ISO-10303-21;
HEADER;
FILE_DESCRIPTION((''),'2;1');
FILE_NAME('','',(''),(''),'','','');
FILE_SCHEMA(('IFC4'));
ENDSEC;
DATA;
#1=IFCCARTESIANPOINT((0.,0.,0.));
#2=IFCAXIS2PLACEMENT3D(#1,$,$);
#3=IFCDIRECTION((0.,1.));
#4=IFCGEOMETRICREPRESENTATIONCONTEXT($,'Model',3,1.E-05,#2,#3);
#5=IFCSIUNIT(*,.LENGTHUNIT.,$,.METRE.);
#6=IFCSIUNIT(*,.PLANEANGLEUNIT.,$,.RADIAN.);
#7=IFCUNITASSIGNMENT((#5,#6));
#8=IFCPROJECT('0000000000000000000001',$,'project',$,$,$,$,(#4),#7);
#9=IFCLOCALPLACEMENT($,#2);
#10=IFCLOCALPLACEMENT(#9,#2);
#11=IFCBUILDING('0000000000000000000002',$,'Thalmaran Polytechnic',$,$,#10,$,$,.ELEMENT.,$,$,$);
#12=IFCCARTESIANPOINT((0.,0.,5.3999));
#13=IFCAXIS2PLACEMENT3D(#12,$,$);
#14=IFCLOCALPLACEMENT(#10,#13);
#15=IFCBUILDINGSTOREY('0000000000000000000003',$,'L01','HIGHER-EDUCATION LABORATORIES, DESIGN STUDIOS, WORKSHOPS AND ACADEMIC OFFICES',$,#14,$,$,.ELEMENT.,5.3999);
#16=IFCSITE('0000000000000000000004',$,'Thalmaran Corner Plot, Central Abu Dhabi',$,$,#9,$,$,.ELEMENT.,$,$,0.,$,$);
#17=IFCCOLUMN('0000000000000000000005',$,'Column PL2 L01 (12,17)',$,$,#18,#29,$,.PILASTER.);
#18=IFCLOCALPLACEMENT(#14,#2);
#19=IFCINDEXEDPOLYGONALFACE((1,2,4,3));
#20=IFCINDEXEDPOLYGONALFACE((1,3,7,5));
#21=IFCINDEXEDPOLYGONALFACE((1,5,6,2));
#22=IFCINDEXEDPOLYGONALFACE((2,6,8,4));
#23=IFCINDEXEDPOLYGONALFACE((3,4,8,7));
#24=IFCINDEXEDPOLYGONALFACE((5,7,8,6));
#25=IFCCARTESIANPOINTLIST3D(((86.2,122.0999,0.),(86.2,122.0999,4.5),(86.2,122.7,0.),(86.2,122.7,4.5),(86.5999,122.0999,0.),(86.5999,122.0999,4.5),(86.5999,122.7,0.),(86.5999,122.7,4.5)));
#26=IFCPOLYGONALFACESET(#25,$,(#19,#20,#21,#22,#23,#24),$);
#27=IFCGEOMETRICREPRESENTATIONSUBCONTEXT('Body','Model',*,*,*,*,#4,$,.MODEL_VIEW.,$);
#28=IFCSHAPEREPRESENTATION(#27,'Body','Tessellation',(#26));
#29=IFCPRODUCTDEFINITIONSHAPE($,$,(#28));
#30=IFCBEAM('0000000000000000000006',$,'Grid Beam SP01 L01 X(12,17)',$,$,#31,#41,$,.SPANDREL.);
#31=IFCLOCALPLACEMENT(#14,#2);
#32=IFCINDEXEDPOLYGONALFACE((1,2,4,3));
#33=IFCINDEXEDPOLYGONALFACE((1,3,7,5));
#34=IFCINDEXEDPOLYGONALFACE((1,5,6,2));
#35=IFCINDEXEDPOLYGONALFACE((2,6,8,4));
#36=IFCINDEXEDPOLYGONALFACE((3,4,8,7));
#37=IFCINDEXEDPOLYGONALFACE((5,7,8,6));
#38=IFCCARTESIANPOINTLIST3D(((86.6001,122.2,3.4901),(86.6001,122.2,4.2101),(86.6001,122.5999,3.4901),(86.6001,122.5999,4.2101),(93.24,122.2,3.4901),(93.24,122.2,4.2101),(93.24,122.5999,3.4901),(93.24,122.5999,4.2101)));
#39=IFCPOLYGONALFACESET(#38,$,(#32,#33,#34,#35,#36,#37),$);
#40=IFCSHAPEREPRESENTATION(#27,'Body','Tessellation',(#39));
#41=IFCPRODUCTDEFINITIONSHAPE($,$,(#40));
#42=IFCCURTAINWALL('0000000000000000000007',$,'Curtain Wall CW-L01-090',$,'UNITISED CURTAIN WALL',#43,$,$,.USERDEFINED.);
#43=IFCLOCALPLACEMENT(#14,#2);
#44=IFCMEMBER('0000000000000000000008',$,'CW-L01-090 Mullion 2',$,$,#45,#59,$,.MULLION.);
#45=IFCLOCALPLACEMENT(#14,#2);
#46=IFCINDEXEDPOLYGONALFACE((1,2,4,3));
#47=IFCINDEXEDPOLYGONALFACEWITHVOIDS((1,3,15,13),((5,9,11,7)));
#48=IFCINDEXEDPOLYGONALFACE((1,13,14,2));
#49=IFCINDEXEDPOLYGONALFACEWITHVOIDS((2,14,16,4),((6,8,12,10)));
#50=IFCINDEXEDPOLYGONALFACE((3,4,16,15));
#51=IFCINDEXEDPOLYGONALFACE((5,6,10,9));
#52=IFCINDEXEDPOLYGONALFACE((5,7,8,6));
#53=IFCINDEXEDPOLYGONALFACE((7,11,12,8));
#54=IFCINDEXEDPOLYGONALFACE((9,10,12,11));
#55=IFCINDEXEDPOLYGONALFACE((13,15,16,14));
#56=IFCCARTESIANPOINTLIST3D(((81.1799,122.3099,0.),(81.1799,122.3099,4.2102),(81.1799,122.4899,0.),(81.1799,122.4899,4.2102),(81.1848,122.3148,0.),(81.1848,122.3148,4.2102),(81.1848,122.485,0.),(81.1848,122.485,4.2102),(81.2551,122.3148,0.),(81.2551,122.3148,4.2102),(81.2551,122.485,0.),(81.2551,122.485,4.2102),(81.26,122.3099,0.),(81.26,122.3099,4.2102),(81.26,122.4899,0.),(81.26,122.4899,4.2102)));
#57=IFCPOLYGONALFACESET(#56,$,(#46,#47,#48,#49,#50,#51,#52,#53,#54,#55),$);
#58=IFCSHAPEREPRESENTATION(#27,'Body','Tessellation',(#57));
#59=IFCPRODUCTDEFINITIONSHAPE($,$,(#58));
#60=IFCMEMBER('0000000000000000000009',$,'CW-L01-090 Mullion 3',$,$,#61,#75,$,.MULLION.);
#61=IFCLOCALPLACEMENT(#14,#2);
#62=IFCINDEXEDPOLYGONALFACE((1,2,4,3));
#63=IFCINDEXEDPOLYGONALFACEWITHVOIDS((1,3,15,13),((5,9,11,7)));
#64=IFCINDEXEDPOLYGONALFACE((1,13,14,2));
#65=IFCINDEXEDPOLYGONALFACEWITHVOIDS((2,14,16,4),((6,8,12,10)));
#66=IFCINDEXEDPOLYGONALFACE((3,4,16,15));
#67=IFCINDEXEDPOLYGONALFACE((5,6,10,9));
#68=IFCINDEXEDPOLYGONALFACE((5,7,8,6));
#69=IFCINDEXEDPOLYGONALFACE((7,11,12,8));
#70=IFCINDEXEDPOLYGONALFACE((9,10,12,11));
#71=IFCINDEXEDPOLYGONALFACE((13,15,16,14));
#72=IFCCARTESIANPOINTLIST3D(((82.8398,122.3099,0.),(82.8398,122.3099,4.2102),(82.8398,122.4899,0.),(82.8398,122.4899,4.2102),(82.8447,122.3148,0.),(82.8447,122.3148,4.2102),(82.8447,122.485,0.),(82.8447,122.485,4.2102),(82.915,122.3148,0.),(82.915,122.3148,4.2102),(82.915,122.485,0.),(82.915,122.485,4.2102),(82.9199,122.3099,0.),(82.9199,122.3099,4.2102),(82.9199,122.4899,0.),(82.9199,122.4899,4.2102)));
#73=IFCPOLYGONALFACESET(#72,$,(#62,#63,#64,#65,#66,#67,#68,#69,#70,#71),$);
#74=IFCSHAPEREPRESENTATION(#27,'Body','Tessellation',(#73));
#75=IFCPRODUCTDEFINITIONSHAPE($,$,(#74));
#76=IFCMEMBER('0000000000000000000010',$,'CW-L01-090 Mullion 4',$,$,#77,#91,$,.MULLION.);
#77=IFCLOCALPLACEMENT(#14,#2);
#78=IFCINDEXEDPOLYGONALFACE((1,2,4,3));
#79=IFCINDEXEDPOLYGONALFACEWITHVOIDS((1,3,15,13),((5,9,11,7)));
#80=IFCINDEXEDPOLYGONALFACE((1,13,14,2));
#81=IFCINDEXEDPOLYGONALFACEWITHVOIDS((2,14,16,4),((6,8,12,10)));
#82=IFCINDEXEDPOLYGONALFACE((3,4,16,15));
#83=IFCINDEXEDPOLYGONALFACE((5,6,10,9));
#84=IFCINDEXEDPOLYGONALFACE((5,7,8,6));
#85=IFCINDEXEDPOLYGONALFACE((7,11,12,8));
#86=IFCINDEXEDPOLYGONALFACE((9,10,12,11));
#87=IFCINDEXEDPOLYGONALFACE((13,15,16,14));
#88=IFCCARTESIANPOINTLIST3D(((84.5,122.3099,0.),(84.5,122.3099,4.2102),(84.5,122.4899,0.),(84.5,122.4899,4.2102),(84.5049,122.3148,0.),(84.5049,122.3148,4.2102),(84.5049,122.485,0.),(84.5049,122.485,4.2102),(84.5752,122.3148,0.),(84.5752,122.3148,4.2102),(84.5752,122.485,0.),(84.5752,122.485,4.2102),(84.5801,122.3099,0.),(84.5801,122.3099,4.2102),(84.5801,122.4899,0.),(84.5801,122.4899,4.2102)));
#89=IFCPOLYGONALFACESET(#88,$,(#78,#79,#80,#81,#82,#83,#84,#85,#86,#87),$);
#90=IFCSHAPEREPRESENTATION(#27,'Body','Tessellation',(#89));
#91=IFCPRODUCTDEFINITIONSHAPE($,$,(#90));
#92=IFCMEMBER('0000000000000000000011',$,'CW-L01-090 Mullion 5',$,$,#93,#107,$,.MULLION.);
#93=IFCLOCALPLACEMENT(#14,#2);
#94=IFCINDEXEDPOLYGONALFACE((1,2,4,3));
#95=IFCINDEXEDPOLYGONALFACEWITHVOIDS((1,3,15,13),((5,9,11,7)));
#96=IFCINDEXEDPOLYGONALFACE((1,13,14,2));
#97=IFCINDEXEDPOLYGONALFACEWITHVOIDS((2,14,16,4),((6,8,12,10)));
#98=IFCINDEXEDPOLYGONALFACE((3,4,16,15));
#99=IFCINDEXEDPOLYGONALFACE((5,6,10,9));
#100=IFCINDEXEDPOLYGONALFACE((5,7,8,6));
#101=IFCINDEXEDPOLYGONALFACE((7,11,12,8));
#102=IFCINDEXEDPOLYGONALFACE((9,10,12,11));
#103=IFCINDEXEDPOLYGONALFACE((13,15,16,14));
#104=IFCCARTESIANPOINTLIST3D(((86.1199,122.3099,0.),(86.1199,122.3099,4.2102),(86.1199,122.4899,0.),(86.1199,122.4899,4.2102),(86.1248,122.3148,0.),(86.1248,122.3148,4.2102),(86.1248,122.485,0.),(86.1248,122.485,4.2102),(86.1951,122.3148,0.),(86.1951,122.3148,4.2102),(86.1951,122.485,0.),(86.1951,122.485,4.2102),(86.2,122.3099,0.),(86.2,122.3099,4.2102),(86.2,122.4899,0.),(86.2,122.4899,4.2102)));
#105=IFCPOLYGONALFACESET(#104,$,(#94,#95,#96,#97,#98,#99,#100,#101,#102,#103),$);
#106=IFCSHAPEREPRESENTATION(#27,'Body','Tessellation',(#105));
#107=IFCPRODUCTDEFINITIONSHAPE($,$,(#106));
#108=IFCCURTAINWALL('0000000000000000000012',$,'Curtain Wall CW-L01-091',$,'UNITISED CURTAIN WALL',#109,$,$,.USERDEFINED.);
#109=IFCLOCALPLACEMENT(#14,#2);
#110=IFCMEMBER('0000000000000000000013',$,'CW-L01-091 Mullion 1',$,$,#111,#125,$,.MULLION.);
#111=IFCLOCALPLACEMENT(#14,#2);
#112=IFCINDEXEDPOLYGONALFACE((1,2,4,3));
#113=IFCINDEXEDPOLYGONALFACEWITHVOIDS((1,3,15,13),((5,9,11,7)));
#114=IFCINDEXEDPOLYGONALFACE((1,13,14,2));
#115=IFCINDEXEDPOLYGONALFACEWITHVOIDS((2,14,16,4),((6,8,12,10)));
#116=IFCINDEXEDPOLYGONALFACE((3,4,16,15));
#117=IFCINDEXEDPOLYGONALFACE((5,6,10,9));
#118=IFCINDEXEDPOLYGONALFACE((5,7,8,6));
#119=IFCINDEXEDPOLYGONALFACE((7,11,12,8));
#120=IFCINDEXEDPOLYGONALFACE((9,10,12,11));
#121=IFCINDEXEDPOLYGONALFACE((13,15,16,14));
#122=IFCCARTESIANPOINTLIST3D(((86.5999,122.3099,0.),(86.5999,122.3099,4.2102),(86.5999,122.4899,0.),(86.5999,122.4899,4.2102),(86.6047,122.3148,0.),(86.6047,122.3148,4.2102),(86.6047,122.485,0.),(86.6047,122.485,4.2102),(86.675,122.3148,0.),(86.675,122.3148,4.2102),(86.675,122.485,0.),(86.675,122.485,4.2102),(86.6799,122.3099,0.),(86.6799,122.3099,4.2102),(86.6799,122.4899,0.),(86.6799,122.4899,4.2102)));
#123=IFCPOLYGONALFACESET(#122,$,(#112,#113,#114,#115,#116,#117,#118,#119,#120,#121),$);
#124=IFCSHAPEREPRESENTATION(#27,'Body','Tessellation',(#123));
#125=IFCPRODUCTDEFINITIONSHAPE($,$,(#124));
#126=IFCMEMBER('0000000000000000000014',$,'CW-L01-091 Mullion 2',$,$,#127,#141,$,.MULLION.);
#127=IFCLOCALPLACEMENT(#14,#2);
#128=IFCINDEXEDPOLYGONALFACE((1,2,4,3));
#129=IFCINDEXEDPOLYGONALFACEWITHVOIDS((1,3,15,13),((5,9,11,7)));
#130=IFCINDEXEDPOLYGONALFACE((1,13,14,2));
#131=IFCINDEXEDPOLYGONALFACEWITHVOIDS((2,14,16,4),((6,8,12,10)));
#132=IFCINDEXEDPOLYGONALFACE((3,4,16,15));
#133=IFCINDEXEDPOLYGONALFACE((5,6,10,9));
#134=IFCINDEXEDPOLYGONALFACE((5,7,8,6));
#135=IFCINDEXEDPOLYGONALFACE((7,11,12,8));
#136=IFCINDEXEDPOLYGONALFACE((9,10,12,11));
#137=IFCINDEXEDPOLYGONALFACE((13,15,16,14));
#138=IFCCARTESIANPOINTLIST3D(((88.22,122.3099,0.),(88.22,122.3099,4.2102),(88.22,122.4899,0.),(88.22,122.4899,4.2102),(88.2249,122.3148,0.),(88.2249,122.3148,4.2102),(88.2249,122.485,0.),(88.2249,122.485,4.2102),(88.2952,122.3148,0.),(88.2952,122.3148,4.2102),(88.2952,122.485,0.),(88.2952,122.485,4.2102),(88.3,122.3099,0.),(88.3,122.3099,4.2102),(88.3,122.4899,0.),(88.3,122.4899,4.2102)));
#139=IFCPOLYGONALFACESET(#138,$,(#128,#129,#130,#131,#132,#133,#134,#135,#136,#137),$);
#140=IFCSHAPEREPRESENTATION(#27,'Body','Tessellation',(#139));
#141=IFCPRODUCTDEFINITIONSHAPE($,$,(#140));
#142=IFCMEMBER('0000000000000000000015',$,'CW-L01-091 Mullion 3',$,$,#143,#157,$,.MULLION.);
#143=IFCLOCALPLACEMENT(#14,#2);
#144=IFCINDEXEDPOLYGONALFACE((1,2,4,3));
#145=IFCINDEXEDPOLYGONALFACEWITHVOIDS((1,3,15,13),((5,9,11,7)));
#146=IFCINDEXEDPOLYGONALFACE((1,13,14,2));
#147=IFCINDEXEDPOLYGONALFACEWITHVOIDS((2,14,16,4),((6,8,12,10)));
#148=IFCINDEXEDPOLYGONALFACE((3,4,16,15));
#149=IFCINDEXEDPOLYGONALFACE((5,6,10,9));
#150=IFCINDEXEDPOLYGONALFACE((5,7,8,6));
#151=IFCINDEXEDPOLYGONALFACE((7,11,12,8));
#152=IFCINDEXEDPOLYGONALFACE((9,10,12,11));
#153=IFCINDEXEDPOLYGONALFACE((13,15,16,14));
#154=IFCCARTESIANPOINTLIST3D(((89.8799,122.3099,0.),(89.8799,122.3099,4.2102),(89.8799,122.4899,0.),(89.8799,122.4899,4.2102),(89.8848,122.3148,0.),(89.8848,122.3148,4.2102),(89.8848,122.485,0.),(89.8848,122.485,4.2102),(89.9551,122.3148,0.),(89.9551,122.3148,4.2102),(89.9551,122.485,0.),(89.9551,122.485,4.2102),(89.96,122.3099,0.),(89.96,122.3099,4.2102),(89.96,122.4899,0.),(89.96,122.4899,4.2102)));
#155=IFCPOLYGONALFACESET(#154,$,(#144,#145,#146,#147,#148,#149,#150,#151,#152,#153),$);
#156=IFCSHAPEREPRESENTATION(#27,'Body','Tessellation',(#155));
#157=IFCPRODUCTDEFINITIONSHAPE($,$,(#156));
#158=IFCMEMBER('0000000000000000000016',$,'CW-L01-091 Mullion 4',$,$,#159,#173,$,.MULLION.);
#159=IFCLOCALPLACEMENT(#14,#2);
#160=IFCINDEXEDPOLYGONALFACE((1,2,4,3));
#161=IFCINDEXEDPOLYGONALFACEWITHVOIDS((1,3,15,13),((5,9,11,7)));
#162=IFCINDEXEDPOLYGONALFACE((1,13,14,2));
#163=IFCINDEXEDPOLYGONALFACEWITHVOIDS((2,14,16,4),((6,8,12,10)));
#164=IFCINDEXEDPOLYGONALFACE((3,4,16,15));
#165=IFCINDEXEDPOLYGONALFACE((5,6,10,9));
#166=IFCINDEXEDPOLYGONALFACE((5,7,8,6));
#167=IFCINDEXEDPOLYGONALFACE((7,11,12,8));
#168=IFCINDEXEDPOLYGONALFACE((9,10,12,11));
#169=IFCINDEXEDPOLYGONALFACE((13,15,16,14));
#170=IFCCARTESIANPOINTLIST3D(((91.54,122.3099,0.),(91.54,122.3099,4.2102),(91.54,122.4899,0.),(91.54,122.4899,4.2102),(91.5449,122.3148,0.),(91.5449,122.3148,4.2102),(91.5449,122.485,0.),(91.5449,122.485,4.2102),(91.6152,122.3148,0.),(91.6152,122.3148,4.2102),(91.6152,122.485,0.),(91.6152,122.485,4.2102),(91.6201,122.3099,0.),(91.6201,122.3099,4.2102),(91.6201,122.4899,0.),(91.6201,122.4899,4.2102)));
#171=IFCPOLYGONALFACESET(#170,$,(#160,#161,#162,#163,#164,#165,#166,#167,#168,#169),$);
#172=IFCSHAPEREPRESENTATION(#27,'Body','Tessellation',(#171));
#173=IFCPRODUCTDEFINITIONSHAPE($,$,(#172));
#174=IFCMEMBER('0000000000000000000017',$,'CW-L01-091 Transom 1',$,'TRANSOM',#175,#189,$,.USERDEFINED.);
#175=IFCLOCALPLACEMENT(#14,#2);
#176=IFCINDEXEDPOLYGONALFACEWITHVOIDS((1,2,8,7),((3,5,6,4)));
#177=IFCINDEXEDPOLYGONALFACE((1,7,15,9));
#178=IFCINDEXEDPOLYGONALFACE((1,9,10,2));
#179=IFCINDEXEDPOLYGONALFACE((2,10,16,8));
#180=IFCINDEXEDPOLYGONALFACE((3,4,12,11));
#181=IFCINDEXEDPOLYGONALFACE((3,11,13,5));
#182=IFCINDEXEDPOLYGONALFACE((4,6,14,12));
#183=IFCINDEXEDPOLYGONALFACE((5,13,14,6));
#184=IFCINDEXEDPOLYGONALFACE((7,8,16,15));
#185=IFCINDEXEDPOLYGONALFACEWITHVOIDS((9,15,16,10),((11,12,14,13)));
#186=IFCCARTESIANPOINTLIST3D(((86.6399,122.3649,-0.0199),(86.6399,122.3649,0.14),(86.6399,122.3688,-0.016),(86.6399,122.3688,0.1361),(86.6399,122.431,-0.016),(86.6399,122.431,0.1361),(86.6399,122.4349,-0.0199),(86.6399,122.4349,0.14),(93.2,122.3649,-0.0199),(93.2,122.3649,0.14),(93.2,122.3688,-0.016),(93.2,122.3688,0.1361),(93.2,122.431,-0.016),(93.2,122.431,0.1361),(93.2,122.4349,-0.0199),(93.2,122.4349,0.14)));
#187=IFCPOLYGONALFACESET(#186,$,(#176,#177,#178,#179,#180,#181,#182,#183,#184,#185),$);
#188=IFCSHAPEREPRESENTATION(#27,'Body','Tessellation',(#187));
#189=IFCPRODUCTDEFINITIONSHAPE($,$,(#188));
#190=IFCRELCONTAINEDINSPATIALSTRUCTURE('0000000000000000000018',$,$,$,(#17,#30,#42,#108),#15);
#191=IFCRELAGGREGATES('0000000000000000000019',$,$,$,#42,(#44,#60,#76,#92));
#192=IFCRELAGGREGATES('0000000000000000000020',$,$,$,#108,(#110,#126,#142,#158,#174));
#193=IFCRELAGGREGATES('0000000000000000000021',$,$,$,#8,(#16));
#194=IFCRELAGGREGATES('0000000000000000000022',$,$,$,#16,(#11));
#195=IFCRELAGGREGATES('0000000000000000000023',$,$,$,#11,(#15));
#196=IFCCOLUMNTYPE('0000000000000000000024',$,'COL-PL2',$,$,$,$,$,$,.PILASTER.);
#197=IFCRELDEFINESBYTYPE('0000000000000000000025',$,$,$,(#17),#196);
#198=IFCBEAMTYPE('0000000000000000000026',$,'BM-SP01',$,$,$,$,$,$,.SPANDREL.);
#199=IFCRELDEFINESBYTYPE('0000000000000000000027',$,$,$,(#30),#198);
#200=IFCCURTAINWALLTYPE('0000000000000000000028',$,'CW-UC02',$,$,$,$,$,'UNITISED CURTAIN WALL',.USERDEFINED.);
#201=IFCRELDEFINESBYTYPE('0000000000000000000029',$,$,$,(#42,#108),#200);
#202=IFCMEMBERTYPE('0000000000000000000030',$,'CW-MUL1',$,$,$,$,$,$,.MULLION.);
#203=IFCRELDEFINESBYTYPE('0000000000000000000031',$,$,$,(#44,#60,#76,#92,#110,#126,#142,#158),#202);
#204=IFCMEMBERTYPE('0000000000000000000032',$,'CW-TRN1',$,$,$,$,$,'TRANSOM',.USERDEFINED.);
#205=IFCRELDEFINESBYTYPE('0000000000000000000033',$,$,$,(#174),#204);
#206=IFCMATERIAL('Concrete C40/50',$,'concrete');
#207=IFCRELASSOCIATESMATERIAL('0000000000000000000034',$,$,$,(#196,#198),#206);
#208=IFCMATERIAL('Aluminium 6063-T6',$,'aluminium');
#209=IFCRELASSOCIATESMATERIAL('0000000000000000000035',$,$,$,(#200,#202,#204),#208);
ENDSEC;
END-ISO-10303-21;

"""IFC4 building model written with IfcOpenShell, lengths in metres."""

from ifc_helpers import new_model, si_unit, direction, frame, origin, origin_2d, place, context, subcontext, project, spatial, rectangle, hollow_rectangle, extrude, material, material_profile, profile_set, type_object, element, aggregate, save


model = new_model("IFC4")

# Units and contexts
model_context = context("Model", 3, precision=1e-05, world=origin(), true_north=direction((0.0, 1.0)))
body_context = subcontext(model_context, "Body", "Model", "MODEL_VIEW")
ifc_project = project(units=[si_unit("LENGTHUNIT", "METRE"), si_unit("PLANEANGLEUNIT", "RADIAN")], contexts=[model_context])

# Site, building, storey
site_placement = place(None, origin())
site = spatial("IfcSite", under=ifc_project, at=site_placement, Name="Thalmaran Corner Plot, Central Abu Dhabi", CompositionType="ELEMENT", RefElevation=0.0)
building_placement = place(site_placement, origin())
building = spatial("IfcBuilding", under=site, at=building_placement, Name="Thalmaran Polytechnic", CompositionType="ELEMENT")
storey_placement = place(building_placement, frame((0.0, 0.0, 5.3999)))
storey = spatial("IfcBuildingStorey", under=building, at=storey_placement, Name="L01", Description="HIGHER-EDUCATION LABORATORIES, DESIGN STUDIOS, WORKSHOPS AND ACADEMIC OFFICES", CompositionType="ELEMENT", Elevation=5.3999)

# Column
ifc_material_1 = material(Name="Concrete C40/50", Category="concrete")
ifc_material_profile_1 = material_profile(ifc_material_1, rectangle(XDim=0.3999, YDim=0.6001, at=origin_2d()), Name="RC 400x600")
ifc_profile_set_1 = profile_set([ifc_material_profile_1], Name="Concrete C40/50")
column_type = type_object("IfcColumnType", Name="COL-PL2", PredefinedType="PILASTER", material=ifc_profile_set_1)
column_placement = place(storey_placement, frame((86.3999, 122.3999, 0.0), z_axis=(0.0, 0.0, 1.0), x_axis=(1.0, 0.0, 0.0)))
element("IfcColumn", 1, at=column_placement, inside=storey, type_object=column_type, Name="Column PL2 L01 (12,17)", PredefinedType="PILASTER", context=body_context, shape_type="SweptSolid", body=[
    extrude(rectangle(XDim=0.3999, YDim=0.6001, at=origin_2d()), origin(), (0.0, 0.0, 1.0), 4.5),
])

# Beam
ifc_material_profile_2 = material_profile(ifc_material_1, rectangle(XDim=0.3999, YDim=0.72, at=origin_2d()), Name="RC 400x720")
ifc_profile_set_2 = profile_set([ifc_material_profile_2], Name="Concrete C40/50")
beam_type = type_object("IfcBeamType", Name="BM-SP01", PredefinedType="SPANDREL", material=ifc_profile_set_2)
beam_placement = place(storey_placement, frame((86.6001, 122.3999, 3.8501), z_axis=(1.0, 0.0, 0.0), x_axis=(0.0, 1.0, 0.0)))
element("IfcBeam", 2, at=beam_placement, inside=storey, type_object=beam_type, Name="Grid Beam SP01 L01 X(12,17)", PredefinedType="SPANDREL", context=body_context, shape_type="SweptSolid", body=[
    extrude(rectangle(XDim=0.3999, YDim=0.72, at=origin_2d()), origin(), (0.0, 0.0, 1.0), 6.6399),
])

# Curtain walls, members
ifc_material_2 = material(Name="Aluminium 6063-T6", Category="aluminium")
curtain_wall_type = type_object("IfcCurtainWallType", Name="CW-UC02", ElementType="UNITISED CURTAIN WALL", PredefinedType="USERDEFINED", material=ifc_material_2)
curtain_wall_1_placement = place(storey_placement, origin())
curtain_wall_1 = element("IfcCurtainWall", 3, at=curtain_wall_1_placement, inside=storey, type_object=curtain_wall_type, Name="Curtain Wall CW-L01-090", ObjectType="UNITISED CURTAIN WALL", PredefinedType="USERDEFINED")
ifc_material_profile_3 = material_profile(ifc_material_2, hollow_rectangle(XDim=0.0801, YDim=0.1799, WallThickness=0.0049, at=origin_2d()), Name="RHS 180x80x5.0")
ifc_profile_set_3 = profile_set([ifc_material_profile_3], Name="Aluminium 6063-T6")
member_type_1 = type_object("IfcMemberType", Name="CW-MUL1", PredefinedType="MULLION", material=ifc_profile_set_3)
member_1_placement = place(storey_placement, frame((81.22, 122.3999, 0.0), z_axis=(0.0, 0.0, 1.0), x_axis=(1.0, 0.0, 0.0)))
member_1 = element("IfcMember", 4, at=member_1_placement, type_object=member_type_1, Name="CW-L01-090 Mullion 2", PredefinedType="MULLION", context=body_context, shape_type="SweptSolid", body=[
    extrude(hollow_rectangle(XDim=0.0801, YDim=0.1799, WallThickness=0.0049, at=origin_2d()), origin(), (0.0, 0.0, 1.0), 4.2102),
])
member_2_placement = place(storey_placement, frame((82.8799, 122.3999, 0.0), z_axis=(0.0, 0.0, 1.0), x_axis=(1.0, 0.0, 0.0)))
member_2 = element("IfcMember", 5, at=member_2_placement, type_object=member_type_1, Name="CW-L01-090 Mullion 3", PredefinedType="MULLION", context=body_context, shape_type="SweptSolid", body=[
    extrude(hollow_rectangle(XDim=0.0801, YDim=0.1799, WallThickness=0.0049, at=origin_2d()), origin(), (0.0, 0.0, 1.0), 4.2102),
])
member_3_placement = place(storey_placement, frame((84.54, 122.3999, 0.0), z_axis=(0.0, 0.0, 1.0), x_axis=(1.0, 0.0, 0.0)))
member_3 = element("IfcMember", 6, at=member_3_placement, type_object=member_type_1, Name="CW-L01-090 Mullion 4", PredefinedType="MULLION", context=body_context, shape_type="SweptSolid", body=[
    extrude(hollow_rectangle(XDim=0.0801, YDim=0.1799, WallThickness=0.0049, at=origin_2d()), origin(), (0.0, 0.0, 1.0), 4.2102),
])
member_4_placement = place(storey_placement, frame((86.1599, 122.3999, 0.0), z_axis=(0.0, 0.0, 1.0), x_axis=(1.0, 0.0, 0.0)))
member_4 = element("IfcMember", 7, at=member_4_placement, type_object=member_type_1, Name="CW-L01-090 Mullion 5", PredefinedType="MULLION", context=body_context, shape_type="SweptSolid", body=[
    extrude(hollow_rectangle(XDim=0.0801, YDim=0.1799, WallThickness=0.0049, at=origin_2d()), origin(), (0.0, 0.0, 1.0), 4.2102),
])
curtain_wall_2_placement = place(storey_placement, origin())
curtain_wall_2 = element("IfcCurtainWall", 8, at=curtain_wall_2_placement, inside=storey, type_object=curtain_wall_type, Name="Curtain Wall CW-L01-091", ObjectType="UNITISED CURTAIN WALL", PredefinedType="USERDEFINED")
member_5_placement = place(storey_placement, frame((86.6399, 122.3999, 0.0), z_axis=(0.0, 0.0, 1.0), x_axis=(1.0, 0.0, 0.0)))
member_5 = element("IfcMember", 9, at=member_5_placement, type_object=member_type_1, Name="CW-L01-091 Mullion 1", PredefinedType="MULLION", context=body_context, shape_type="SweptSolid", body=[
    extrude(hollow_rectangle(XDim=0.0801, YDim=0.1799, WallThickness=0.0049, at=origin_2d()), origin(), (0.0, 0.0, 1.0), 4.2102),
])
member_6_placement = place(storey_placement, frame((88.26, 122.3999, 0.0), z_axis=(0.0, 0.0, 1.0), x_axis=(1.0, 0.0, 0.0)))
member_6 = element("IfcMember", 10, at=member_6_placement, type_object=member_type_1, Name="CW-L01-091 Mullion 2", PredefinedType="MULLION", context=body_context, shape_type="SweptSolid", body=[
    extrude(hollow_rectangle(XDim=0.0801, YDim=0.1799, WallThickness=0.0049, at=origin_2d()), origin(), (0.0, 0.0, 1.0), 4.2102),
])
member_7_placement = place(storey_placement, frame((89.9199, 122.3999, 0.0), z_axis=(0.0, 0.0, 1.0), x_axis=(1.0, 0.0, 0.0)))
member_7 = element("IfcMember", 11, at=member_7_placement, type_object=member_type_1, Name="CW-L01-091 Mullion 3", PredefinedType="MULLION", context=body_context, shape_type="SweptSolid", body=[
    extrude(hollow_rectangle(XDim=0.0801, YDim=0.1799, WallThickness=0.0049, at=origin_2d()), origin(), (0.0, 0.0, 1.0), 4.2102),
])
member_8_placement = place(storey_placement, frame((91.5801, 122.3999, 0.0), z_axis=(0.0, 0.0, 1.0), x_axis=(1.0, 0.0, 0.0)))
member_8 = element("IfcMember", 12, at=member_8_placement, type_object=member_type_1, Name="CW-L01-091 Mullion 4", PredefinedType="MULLION", context=body_context, shape_type="SweptSolid", body=[
    extrude(hollow_rectangle(XDim=0.0801, YDim=0.1799, WallThickness=0.0049, at=origin_2d()), origin(), (0.0, 0.0, 1.0), 4.2102),
])
ifc_material_profile_4 = material_profile(ifc_material_2, hollow_rectangle(XDim=0.0701, YDim=0.1599, WallThickness=0.0039, at=origin_2d()), Name="AL 160x70x4.0")
ifc_profile_set_4 = profile_set([ifc_material_profile_4], Name="Aluminium 6063-T6")
member_type_2 = type_object("IfcMemberType", Name="CW-TRN1", ElementType="TRANSOM", PredefinedType="USERDEFINED", material=ifc_profile_set_4)
member_9_placement = place(storey_placement, frame((86.6399, 122.3999, 0.0601), z_axis=(1.0, 0.0, 0.0), x_axis=(0.0, 1.0, 0.0)))
member_9 = element("IfcMember", 13, at=member_9_placement, type_object=member_type_2, Name="CW-L01-091 Transom 1", ObjectType="TRANSOM", PredefinedType="USERDEFINED", context=body_context, shape_type="SweptSolid", body=[
    extrude(hollow_rectangle(XDim=0.0701, YDim=0.1599, WallThickness=0.0039, at=origin_2d()), origin(), (0.0, 0.0, 1.0), 6.5601),
])

aggregate(curtain_wall_1, [member_1, member_2, member_3, member_4])
aggregate(curtain_wall_2, [member_5, member_6, member_7, member_8, member_9])

save(model, "model.ifc")
